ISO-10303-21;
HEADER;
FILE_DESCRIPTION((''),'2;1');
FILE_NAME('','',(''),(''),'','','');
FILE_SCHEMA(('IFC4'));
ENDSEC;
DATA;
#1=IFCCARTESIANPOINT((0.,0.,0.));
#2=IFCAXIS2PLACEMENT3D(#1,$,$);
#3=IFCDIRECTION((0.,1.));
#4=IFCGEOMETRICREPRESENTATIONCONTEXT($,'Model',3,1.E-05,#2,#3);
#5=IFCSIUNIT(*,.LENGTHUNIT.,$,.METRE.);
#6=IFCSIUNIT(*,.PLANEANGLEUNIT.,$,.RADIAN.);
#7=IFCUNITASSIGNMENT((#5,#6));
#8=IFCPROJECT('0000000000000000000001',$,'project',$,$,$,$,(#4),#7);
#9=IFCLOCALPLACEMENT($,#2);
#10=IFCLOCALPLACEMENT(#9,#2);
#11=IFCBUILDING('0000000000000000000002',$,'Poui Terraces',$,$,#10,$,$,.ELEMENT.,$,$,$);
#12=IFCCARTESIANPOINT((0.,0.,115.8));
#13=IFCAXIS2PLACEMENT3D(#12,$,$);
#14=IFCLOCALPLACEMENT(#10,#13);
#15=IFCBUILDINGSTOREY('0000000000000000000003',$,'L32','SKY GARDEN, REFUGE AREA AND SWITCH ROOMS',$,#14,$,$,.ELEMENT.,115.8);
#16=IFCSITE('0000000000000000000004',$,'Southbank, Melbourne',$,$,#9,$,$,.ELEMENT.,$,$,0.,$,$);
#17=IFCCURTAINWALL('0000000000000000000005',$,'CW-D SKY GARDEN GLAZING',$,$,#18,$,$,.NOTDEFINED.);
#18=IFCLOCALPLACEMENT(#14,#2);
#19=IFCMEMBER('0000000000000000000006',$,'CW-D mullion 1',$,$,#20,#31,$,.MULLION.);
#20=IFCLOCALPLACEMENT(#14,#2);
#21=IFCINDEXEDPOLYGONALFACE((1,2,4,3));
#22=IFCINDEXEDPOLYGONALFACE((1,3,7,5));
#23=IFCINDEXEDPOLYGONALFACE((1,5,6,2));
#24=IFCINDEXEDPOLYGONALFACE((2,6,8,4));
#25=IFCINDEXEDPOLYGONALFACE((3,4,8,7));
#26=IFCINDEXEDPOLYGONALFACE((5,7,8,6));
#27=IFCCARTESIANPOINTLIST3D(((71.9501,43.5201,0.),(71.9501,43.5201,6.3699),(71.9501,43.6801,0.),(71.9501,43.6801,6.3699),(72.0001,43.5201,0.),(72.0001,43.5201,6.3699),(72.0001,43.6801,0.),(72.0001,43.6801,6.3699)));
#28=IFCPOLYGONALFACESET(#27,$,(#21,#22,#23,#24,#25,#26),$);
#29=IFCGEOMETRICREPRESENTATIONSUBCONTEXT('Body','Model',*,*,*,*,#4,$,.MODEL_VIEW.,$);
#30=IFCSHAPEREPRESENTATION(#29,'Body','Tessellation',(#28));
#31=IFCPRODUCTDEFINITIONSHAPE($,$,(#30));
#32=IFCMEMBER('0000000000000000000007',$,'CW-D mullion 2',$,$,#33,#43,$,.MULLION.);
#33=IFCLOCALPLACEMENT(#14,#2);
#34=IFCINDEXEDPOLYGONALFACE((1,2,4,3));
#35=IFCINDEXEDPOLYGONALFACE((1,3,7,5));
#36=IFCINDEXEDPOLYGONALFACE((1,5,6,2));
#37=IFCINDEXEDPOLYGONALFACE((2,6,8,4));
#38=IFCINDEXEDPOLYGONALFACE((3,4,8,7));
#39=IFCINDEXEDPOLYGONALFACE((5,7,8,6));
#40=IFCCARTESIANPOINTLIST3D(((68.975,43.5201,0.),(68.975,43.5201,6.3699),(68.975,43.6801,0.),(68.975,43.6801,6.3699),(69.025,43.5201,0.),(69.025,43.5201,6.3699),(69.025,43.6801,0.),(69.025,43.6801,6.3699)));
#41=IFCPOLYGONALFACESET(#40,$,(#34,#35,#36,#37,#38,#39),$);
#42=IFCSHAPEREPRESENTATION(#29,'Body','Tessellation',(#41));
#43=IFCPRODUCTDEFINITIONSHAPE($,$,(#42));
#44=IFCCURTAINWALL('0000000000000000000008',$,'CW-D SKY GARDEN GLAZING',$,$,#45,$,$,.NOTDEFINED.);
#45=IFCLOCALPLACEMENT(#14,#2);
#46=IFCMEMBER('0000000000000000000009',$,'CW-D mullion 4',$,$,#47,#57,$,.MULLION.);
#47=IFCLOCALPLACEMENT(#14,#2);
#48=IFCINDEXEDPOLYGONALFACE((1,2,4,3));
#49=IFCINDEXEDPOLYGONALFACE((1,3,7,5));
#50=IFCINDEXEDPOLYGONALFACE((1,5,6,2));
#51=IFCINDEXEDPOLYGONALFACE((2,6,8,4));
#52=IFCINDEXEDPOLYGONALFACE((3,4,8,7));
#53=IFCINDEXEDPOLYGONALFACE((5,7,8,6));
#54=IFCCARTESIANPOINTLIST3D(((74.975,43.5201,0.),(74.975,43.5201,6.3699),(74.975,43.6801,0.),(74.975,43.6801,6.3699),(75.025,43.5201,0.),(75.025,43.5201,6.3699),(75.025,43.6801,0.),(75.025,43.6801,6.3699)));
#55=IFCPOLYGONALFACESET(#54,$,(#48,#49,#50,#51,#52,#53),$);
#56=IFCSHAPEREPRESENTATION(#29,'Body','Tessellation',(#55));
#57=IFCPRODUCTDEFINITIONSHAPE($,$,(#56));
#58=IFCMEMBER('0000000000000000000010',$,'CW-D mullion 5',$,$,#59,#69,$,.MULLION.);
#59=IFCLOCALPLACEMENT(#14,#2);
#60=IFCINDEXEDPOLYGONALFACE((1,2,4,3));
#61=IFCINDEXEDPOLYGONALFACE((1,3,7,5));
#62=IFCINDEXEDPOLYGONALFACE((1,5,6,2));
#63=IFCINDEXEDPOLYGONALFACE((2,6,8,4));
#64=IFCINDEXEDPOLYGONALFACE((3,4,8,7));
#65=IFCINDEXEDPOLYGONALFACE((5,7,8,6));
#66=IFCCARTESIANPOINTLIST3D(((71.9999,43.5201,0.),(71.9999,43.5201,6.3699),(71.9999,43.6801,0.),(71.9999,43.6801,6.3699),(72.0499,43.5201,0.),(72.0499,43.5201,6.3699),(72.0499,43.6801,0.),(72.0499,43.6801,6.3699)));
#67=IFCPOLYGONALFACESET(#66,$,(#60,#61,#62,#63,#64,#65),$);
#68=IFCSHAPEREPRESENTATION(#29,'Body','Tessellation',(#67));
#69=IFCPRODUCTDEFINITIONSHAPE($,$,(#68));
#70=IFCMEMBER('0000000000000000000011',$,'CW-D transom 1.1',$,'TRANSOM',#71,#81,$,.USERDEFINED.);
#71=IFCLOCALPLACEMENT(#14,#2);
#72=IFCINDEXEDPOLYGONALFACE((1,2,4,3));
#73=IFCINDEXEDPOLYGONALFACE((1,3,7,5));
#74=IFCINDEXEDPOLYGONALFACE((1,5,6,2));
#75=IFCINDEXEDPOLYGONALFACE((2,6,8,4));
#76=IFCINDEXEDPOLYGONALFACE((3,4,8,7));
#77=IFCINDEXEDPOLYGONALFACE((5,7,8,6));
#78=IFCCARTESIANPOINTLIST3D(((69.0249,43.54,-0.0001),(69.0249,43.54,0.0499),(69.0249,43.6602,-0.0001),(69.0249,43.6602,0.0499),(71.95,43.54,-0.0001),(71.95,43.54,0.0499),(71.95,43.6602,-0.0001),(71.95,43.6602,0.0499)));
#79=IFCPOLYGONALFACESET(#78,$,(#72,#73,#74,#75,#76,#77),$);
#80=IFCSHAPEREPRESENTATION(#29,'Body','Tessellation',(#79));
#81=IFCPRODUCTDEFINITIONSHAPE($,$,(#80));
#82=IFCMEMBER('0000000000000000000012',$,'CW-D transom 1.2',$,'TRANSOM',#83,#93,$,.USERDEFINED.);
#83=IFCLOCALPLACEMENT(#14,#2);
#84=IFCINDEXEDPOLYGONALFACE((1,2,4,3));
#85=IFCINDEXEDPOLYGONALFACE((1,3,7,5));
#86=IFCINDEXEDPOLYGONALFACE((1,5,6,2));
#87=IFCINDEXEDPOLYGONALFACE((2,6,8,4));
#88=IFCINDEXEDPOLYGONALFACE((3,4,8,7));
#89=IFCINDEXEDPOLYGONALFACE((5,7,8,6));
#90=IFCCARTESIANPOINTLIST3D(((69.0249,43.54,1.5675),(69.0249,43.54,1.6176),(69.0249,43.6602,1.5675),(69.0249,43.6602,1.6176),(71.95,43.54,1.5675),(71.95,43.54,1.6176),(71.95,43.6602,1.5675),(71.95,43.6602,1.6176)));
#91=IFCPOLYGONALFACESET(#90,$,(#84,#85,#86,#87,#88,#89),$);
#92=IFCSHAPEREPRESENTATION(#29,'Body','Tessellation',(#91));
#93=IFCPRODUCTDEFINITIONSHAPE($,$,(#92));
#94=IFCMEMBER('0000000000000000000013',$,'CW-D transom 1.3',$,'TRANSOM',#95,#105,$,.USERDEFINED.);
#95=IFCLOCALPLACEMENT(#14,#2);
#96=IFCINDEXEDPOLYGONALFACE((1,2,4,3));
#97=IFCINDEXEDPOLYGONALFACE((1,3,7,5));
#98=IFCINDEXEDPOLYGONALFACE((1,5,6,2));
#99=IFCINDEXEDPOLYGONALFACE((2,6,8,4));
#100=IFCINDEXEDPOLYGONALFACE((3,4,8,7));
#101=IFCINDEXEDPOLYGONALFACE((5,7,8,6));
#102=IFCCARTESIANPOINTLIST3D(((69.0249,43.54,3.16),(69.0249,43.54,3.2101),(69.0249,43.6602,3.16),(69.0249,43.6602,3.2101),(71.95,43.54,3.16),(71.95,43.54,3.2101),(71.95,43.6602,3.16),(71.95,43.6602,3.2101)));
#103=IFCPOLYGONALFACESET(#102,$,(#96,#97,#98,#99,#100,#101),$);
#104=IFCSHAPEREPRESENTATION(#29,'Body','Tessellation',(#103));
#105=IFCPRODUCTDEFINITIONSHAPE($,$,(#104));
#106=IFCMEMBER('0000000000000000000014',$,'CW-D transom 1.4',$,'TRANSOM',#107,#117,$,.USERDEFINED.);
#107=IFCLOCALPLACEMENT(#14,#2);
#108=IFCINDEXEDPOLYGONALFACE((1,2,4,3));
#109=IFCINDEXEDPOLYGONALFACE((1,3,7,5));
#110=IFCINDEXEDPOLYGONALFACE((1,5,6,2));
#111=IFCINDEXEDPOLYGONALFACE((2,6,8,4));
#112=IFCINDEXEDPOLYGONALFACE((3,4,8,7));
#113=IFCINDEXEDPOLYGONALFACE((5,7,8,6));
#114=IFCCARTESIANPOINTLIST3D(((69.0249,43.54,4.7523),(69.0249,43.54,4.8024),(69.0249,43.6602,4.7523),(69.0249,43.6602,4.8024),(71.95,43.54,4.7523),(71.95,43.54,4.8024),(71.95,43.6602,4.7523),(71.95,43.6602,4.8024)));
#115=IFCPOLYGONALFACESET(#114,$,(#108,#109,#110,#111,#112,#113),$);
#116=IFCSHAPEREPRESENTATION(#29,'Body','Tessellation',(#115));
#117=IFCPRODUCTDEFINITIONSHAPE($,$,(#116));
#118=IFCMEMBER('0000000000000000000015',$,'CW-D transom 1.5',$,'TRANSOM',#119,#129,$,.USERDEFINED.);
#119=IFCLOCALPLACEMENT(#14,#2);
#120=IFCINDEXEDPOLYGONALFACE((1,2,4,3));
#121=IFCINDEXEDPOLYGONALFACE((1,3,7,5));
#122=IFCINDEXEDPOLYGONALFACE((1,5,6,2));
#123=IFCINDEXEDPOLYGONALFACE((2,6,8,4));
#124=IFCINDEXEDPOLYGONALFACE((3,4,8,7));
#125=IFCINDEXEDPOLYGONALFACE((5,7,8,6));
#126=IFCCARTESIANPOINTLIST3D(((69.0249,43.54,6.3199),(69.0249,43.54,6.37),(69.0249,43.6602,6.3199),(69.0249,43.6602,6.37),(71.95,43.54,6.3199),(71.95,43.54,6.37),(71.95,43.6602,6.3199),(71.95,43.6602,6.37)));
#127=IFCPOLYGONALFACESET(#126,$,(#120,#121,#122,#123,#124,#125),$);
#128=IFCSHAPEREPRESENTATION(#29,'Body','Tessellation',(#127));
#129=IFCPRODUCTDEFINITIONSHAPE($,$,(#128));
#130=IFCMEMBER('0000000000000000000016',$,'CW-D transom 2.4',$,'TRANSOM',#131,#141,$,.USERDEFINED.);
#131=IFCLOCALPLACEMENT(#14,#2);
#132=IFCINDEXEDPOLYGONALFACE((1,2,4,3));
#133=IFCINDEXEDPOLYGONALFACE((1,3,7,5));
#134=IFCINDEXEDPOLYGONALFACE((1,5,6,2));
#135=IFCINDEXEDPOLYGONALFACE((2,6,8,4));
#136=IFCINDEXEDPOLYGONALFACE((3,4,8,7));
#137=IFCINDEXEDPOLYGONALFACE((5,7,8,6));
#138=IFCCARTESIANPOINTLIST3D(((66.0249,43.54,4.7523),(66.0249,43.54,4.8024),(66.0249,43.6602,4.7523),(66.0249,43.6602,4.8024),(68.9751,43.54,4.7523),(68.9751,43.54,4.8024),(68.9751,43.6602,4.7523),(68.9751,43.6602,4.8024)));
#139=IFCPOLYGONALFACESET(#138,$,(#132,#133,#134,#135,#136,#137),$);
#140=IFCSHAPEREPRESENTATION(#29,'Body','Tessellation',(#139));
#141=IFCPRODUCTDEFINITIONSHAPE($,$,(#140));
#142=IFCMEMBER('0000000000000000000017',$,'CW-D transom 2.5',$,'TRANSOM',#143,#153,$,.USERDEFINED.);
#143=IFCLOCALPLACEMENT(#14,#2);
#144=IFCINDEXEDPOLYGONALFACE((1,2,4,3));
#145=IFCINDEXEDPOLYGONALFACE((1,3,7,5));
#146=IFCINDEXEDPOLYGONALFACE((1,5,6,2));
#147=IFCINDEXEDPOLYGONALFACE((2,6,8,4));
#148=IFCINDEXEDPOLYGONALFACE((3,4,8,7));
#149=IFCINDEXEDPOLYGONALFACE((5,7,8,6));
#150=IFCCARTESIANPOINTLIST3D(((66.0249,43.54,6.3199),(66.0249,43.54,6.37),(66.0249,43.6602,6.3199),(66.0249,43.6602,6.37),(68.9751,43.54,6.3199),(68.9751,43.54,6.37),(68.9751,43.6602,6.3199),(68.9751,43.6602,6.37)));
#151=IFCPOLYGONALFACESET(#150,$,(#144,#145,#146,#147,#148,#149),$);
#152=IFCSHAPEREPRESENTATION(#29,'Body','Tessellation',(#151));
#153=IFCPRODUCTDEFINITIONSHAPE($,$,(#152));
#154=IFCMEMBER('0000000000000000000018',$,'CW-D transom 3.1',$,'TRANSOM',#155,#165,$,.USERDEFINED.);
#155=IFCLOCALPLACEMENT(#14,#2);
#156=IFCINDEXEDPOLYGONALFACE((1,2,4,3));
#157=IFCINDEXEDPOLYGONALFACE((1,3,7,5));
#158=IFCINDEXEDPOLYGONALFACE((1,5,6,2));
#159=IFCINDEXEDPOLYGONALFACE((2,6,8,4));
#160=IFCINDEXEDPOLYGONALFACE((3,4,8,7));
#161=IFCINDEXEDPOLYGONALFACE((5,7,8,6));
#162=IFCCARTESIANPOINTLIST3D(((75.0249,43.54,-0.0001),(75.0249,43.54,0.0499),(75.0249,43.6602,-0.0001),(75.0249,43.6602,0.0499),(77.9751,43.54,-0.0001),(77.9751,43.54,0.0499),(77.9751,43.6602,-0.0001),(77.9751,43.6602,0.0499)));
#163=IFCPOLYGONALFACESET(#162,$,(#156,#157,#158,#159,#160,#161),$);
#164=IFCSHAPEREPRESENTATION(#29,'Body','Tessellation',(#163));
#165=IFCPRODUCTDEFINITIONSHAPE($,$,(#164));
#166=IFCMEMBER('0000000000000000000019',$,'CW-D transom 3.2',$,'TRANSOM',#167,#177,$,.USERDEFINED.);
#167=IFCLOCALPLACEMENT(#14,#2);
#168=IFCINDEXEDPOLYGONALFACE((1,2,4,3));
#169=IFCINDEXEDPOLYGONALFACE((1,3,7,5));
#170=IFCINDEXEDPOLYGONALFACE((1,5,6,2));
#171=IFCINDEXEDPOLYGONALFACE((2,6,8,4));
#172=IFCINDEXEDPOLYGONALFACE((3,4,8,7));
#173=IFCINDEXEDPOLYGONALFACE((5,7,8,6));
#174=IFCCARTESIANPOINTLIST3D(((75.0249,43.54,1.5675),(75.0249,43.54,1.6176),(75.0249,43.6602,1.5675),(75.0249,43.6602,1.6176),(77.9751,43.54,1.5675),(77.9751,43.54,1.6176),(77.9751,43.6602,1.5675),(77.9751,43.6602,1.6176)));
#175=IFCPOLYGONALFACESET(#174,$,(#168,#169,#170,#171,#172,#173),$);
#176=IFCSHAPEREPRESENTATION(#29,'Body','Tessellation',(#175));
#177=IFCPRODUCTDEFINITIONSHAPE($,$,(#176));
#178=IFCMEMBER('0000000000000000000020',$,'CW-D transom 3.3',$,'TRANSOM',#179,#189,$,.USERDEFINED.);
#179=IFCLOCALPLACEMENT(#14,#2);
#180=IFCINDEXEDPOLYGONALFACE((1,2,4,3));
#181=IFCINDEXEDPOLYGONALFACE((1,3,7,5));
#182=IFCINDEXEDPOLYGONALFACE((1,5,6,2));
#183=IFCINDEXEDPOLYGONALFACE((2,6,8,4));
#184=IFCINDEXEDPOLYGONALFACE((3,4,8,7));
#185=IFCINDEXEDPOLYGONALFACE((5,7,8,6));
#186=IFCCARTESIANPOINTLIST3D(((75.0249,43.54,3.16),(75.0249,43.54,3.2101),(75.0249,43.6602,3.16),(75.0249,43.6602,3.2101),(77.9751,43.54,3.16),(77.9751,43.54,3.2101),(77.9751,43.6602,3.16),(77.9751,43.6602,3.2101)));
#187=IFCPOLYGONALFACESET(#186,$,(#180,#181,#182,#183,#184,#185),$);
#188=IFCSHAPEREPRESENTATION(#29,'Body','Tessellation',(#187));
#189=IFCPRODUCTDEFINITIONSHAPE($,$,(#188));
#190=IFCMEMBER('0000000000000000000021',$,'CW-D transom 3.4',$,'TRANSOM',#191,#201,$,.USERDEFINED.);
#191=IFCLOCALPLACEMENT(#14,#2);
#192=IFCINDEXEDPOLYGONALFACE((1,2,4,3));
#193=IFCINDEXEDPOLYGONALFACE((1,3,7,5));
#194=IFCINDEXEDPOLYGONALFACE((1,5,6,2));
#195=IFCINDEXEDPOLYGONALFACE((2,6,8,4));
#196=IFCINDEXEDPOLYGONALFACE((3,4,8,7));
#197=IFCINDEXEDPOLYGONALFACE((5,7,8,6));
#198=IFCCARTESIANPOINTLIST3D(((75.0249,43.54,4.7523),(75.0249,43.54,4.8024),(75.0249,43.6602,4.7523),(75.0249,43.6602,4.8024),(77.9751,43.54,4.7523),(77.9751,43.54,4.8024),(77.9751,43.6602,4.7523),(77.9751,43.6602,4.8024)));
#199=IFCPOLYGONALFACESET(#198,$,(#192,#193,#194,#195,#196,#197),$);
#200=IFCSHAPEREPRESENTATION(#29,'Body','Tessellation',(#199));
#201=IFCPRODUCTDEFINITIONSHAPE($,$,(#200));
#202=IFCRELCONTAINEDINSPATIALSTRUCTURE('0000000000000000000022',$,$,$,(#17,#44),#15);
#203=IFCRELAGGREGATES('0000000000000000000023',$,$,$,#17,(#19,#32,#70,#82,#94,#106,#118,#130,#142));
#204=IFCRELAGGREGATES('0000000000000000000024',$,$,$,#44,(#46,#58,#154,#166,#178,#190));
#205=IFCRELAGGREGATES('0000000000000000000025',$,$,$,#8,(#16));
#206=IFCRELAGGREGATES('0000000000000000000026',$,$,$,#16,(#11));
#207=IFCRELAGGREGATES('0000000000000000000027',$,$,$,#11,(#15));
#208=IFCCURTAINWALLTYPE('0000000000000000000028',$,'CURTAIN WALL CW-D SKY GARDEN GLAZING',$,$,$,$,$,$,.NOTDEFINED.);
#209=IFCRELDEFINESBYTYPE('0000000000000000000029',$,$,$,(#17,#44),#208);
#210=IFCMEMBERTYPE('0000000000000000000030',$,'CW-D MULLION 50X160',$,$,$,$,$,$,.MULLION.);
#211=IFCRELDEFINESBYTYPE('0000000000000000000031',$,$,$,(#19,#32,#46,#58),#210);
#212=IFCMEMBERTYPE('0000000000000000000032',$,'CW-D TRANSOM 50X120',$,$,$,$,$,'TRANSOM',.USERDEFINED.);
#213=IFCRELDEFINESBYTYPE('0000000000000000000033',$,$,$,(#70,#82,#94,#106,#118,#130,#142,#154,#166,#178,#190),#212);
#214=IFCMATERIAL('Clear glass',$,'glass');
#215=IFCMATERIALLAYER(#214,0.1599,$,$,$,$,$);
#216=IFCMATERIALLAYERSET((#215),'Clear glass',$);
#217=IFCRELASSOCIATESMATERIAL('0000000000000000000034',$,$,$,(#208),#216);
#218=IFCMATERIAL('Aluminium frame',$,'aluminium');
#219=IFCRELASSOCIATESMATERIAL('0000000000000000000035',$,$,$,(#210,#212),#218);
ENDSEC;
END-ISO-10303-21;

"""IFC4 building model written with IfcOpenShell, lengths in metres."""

from ifc_helpers import new_model, si_unit, direction, frame, origin, origin_2d, place, context, subcontext, project, spatial, rectangle, extrude, material, layer, layer_set, material_profile, profile_set, type_object, element, aggregate, save


model = new_model("IFC4")

# Units and contexts
model_context = context("Model", 3, precision=1e-05, world=origin(), true_north=direction((0.0, 1.0)))
body_context = subcontext(model_context, "Body", "Model", "MODEL_VIEW")
ifc_project = project(units=[si_unit("LENGTHUNIT", "METRE"), si_unit("PLANEANGLEUNIT", "RADIAN")], contexts=[model_context])

# Site, building, storey
site_placement = place(None, origin())
site = spatial("IfcSite", under=ifc_project, at=site_placement, Name="Southbank, Melbourne", CompositionType="ELEMENT", RefElevation=0.0)
building_placement = place(site_placement, origin())
building = spatial("IfcBuilding", under=site, at=building_placement, Name="Poui Terraces", CompositionType="ELEMENT")
storey_placement = place(building_placement, frame((0.0, 0.0, 115.8)))
storey = spatial("IfcBuildingStorey", under=building, at=storey_placement, Name="L32", Description="SKY GARDEN, REFUGE AREA AND SWITCH ROOMS", CompositionType="ELEMENT", Elevation=115.8)

# Curtain walls, members
ifc_material_1 = material(Name="Clear glass", Category="glass")
ifc_layer_1 = layer(ifc_material_1, 0.1599)
ifc_layer_set_1 = layer_set([ifc_layer_1], Name="Clear glass")
curtain_wall_type = type_object("IfcCurtainWallType", Name="CURTAIN WALL CW-D SKY GARDEN GLAZING", PredefinedType="NOTDEFINED", material=ifc_layer_set_1)
curtain_wall_1_placement = place(storey_placement, origin())
curtain_wall_1 = element("IfcCurtainWall", 1, at=curtain_wall_1_placement, inside=storey, type_object=curtain_wall_type, Name="CW-D SKY GARDEN GLAZING", PredefinedType="NOTDEFINED")
ifc_material_2 = material(Name="Aluminium frame", Category="aluminium")
ifc_material_profile_1 = material_profile(ifc_material_2, rectangle(XDim=0.1599, YDim=0.05, at=origin_2d()), Name="CW-D MULLION 50X160")
ifc_profile_set_1 = profile_set([ifc_material_profile_1], Name="Aluminium frame")
member_type_1 = type_object("IfcMemberType", Name="CW-D MULLION 50X160", PredefinedType="MULLION", material=ifc_profile_set_1)
member_1_placement = place(storey_placement, frame((71.9751, 43.6001, 0.0), z_axis=(0.0, 0.0, 1.0), x_axis=(0.0, -1.0, 0.0)))
member_1 = element("IfcMember", 2, at=member_1_placement, type_object=member_type_1, Name="CW-D mullion 1", PredefinedType="MULLION", context=body_context, shape_type="SweptSolid", body=[
    extrude(rectangle(XDim=0.1599, YDim=0.05, at=origin_2d()), origin(), (0.0, 0.0, 1.0), 6.3699),
])
member_2_placement = place(storey_placement, frame((69.0, 43.6001, 0.0), z_axis=(0.0, 0.0, 1.0), x_axis=(0.0, -1.0, 0.0)))
member_2 = element("IfcMember", 3, at=member_2_placement, type_object=member_type_1, Name="CW-D mullion 2", PredefinedType="MULLION", context=body_context, shape_type="SweptSolid", body=[
    extrude(rectangle(XDim=0.1599, YDim=0.05, at=origin_2d()), origin(), (0.0, 0.0, 1.0), 6.3699),
])
curtain_wall_2_placement = place(storey_placement, origin())
curtain_wall_2 = element("IfcCurtainWall", 4, at=curtain_wall_2_placement, inside=storey, type_object=curtain_wall_type, Name="CW-D SKY GARDEN GLAZING", PredefinedType="NOTDEFINED")
member_3_placement = place(storey_placement, frame((75.0, 43.6001, 0.0), z_axis=(0.0, 0.0, 1.0), x_axis=(0.0, -1.0, 0.0)))
member_3 = element("IfcMember", 5, at=member_3_placement, type_object=member_type_1, Name="CW-D mullion 4", PredefinedType="MULLION", context=body_context, shape_type="SweptSolid", body=[
    extrude(rectangle(XDim=0.1599, YDim=0.05, at=origin_2d()), origin(), (0.0, 0.0, 1.0), 6.3699),
])
member_4_placement = place(storey_placement, frame((72.0249, 43.6001, 0.0), z_axis=(0.0, 0.0, 1.0), x_axis=(0.0, -1.0, 0.0)))
member_4 = element("IfcMember", 6, at=member_4_placement, type_object=member_type_1, Name="CW-D mullion 5", PredefinedType="MULLION", context=body_context, shape_type="SweptSolid", body=[
    extrude(rectangle(XDim=0.1599, YDim=0.05, at=origin_2d()), origin(), (0.0, 0.0, 1.0), 6.3699),
])

# Members
ifc_material_profile_2 = material_profile(ifc_material_2, rectangle(XDim=0.1201, YDim=0.05, at=origin_2d()), Name="CW-D TRANSOM 50X120")
ifc_profile_set_2 = profile_set([ifc_material_profile_2], Name="Aluminium frame")
member_type_2 = type_object("IfcMemberType", Name="CW-D TRANSOM 50X120", ElementType="TRANSOM", PredefinedType="USERDEFINED", material=ifc_profile_set_2)
member_5_placement = place(storey_placement, frame((71.95, 43.6001, 0.0249), z_axis=(-1.0, 0.0, 0.0), x_axis=(0.0, -1.0, 0.0)))
member_5 = element("IfcMember", 7, at=member_5_placement, type_object=member_type_2, Name="CW-D transom 1.1", ObjectType="TRANSOM", PredefinedType="USERDEFINED", context=body_context, shape_type="SweptSolid", body=[
    extrude(rectangle(XDim=0.1201, YDim=0.05, at=origin_2d()), origin(), (0.0, 0.0, 1.0), 2.925),
])
member_6_placement = place(storey_placement, frame((71.95, 43.6001, 1.5925), z_axis=(-1.0, 0.0, 0.0), x_axis=(0.0, -1.0, 0.0)))
member_6 = element("IfcMember", 8, at=member_6_placement, type_object=member_type_2, Name="CW-D transom 1.2", ObjectType="TRANSOM", PredefinedType="USERDEFINED", context=body_context, shape_type="SweptSolid", body=[
    extrude(rectangle(XDim=0.1201, YDim=0.05, at=origin_2d()), origin(), (0.0, 0.0, 1.0), 2.925),
])
member_7_placement = place(storey_placement, frame((71.95, 43.6001, 3.1851), z_axis=(-1.0, 0.0, 0.0), x_axis=(0.0, -1.0, 0.0)))
member_7 = element("IfcMember", 9, at=member_7_placement, type_object=member_type_2, Name="CW-D transom 1.3", ObjectType="TRANSOM", PredefinedType="USERDEFINED", context=body_context, shape_type="SweptSolid", body=[
    extrude(rectangle(XDim=0.1201, YDim=0.05, at=origin_2d()), origin(), (0.0, 0.0, 1.0), 2.925),
])
member_8_placement = place(storey_placement, frame((71.95, 43.6001, 4.7773), z_axis=(-1.0, 0.0, 0.0), x_axis=(0.0, -1.0, 0.0)))
member_8 = element("IfcMember", 10, at=member_8_placement, type_object=member_type_2, Name="CW-D transom 1.4", ObjectType="TRANSOM", PredefinedType="USERDEFINED", context=body_context, shape_type="SweptSolid", body=[
    extrude(rectangle(XDim=0.1201, YDim=0.05, at=origin_2d()), origin(), (0.0, 0.0, 1.0), 2.925),
])
member_9_placement = place(storey_placement, frame((71.95, 43.6001, 6.345), z_axis=(-1.0, 0.0, 0.0), x_axis=(0.0, -1.0, 0.0)))
member_9 = element("IfcMember", 11, at=member_9_placement, type_object=member_type_2, Name="CW-D transom 1.5", ObjectType="TRANSOM", PredefinedType="USERDEFINED", context=body_context, shape_type="SweptSolid", body=[
    extrude(rectangle(XDim=0.1201, YDim=0.05, at=origin_2d()), origin(), (0.0, 0.0, 1.0), 2.925),
])
member_10_placement = place(storey_placement, frame((68.9751, 43.6001, 4.7773), z_axis=(-1.0, 0.0, 0.0), x_axis=(0.0, -1.0, 0.0)))
member_10 = element("IfcMember", 12, at=member_10_placement, type_object=member_type_2, Name="CW-D transom 2.4", ObjectType="TRANSOM", PredefinedType="USERDEFINED", context=body_context, shape_type="SweptSolid", body=[
    extrude(rectangle(XDim=0.1201, YDim=0.05, at=origin_2d()), origin(), (0.0, 0.0, 1.0), 2.9502),
])
member_11_placement = place(storey_placement, frame((68.9751, 43.6001, 6.345), z_axis=(-1.0, 0.0, 0.0), x_axis=(0.0, -1.0, 0.0)))
member_11 = element("IfcMember", 13, at=member_11_placement, type_object=member_type_2, Name="CW-D transom 2.5", ObjectType="TRANSOM", PredefinedType="USERDEFINED", context=body_context, shape_type="SweptSolid", body=[
    extrude(rectangle(XDim=0.1201, YDim=0.05, at=origin_2d()), origin(), (0.0, 0.0, 1.0), 2.9502),
])
member_12_placement = place(storey_placement, frame((77.9751, 43.6001, 0.0249), z_axis=(-1.0, 0.0, 0.0), x_axis=(0.0, -1.0, 0.0)))
member_12 = element("IfcMember", 14, at=member_12_placement, type_object=member_type_2, Name="CW-D transom 3.1", ObjectType="TRANSOM", PredefinedType="USERDEFINED", context=body_context, shape_type="SweptSolid", body=[
    extrude(rectangle(XDim=0.1201, YDim=0.05, at=origin_2d()), origin(), (0.0, 0.0, 1.0), 2.9502),
])
member_13_placement = place(storey_placement, frame((77.9751, 43.6001, 1.5925), z_axis=(-1.0, 0.0, 0.0), x_axis=(0.0, -1.0, 0.0)))
member_13 = element("IfcMember", 15, at=member_13_placement, type_object=member_type_2, Name="CW-D transom 3.2", ObjectType="TRANSOM", PredefinedType="USERDEFINED", context=body_context, shape_type="SweptSolid", body=[
    extrude(rectangle(XDim=0.1201, YDim=0.05, at=origin_2d()), origin(), (0.0, 0.0, 1.0), 2.9502),
])
member_14_placement = place(storey_placement, frame((77.9751, 43.6001, 3.1851), z_axis=(-1.0, 0.0, 0.0), x_axis=(0.0, -1.0, 0.0)))
member_14 = element("IfcMember", 16, at=member_14_placement, type_object=member_type_2, Name="CW-D transom 3.3", ObjectType="TRANSOM", PredefinedType="USERDEFINED", context=body_context, shape_type="SweptSolid", body=[
    extrude(rectangle(XDim=0.1201, YDim=0.05, at=origin_2d()), origin(), (0.0, 0.0, 1.0), 2.9502),
])
member_15_placement = place(storey_placement, frame((77.9751, 43.6001, 4.7773), z_axis=(-1.0, 0.0, 0.0), x_axis=(0.0, -1.0, 0.0)))
member_15 = element("IfcMember", 17, at=member_15_placement, type_object=member_type_2, Name="CW-D transom 3.4", ObjectType="TRANSOM", PredefinedType="USERDEFINED", context=body_context, shape_type="SweptSolid", body=[
    extrude(rectangle(XDim=0.1201, YDim=0.05, at=origin_2d()), origin(), (0.0, 0.0, 1.0), 2.9502),
])

aggregate(curtain_wall_1, [member_1, member_2, member_5, member_6, member_7, member_8, member_9, member_10, member_11])
aggregate(curtain_wall_2, [member_3, member_4, member_12, member_13, member_14, member_15])

save(model, "model.ifc")
